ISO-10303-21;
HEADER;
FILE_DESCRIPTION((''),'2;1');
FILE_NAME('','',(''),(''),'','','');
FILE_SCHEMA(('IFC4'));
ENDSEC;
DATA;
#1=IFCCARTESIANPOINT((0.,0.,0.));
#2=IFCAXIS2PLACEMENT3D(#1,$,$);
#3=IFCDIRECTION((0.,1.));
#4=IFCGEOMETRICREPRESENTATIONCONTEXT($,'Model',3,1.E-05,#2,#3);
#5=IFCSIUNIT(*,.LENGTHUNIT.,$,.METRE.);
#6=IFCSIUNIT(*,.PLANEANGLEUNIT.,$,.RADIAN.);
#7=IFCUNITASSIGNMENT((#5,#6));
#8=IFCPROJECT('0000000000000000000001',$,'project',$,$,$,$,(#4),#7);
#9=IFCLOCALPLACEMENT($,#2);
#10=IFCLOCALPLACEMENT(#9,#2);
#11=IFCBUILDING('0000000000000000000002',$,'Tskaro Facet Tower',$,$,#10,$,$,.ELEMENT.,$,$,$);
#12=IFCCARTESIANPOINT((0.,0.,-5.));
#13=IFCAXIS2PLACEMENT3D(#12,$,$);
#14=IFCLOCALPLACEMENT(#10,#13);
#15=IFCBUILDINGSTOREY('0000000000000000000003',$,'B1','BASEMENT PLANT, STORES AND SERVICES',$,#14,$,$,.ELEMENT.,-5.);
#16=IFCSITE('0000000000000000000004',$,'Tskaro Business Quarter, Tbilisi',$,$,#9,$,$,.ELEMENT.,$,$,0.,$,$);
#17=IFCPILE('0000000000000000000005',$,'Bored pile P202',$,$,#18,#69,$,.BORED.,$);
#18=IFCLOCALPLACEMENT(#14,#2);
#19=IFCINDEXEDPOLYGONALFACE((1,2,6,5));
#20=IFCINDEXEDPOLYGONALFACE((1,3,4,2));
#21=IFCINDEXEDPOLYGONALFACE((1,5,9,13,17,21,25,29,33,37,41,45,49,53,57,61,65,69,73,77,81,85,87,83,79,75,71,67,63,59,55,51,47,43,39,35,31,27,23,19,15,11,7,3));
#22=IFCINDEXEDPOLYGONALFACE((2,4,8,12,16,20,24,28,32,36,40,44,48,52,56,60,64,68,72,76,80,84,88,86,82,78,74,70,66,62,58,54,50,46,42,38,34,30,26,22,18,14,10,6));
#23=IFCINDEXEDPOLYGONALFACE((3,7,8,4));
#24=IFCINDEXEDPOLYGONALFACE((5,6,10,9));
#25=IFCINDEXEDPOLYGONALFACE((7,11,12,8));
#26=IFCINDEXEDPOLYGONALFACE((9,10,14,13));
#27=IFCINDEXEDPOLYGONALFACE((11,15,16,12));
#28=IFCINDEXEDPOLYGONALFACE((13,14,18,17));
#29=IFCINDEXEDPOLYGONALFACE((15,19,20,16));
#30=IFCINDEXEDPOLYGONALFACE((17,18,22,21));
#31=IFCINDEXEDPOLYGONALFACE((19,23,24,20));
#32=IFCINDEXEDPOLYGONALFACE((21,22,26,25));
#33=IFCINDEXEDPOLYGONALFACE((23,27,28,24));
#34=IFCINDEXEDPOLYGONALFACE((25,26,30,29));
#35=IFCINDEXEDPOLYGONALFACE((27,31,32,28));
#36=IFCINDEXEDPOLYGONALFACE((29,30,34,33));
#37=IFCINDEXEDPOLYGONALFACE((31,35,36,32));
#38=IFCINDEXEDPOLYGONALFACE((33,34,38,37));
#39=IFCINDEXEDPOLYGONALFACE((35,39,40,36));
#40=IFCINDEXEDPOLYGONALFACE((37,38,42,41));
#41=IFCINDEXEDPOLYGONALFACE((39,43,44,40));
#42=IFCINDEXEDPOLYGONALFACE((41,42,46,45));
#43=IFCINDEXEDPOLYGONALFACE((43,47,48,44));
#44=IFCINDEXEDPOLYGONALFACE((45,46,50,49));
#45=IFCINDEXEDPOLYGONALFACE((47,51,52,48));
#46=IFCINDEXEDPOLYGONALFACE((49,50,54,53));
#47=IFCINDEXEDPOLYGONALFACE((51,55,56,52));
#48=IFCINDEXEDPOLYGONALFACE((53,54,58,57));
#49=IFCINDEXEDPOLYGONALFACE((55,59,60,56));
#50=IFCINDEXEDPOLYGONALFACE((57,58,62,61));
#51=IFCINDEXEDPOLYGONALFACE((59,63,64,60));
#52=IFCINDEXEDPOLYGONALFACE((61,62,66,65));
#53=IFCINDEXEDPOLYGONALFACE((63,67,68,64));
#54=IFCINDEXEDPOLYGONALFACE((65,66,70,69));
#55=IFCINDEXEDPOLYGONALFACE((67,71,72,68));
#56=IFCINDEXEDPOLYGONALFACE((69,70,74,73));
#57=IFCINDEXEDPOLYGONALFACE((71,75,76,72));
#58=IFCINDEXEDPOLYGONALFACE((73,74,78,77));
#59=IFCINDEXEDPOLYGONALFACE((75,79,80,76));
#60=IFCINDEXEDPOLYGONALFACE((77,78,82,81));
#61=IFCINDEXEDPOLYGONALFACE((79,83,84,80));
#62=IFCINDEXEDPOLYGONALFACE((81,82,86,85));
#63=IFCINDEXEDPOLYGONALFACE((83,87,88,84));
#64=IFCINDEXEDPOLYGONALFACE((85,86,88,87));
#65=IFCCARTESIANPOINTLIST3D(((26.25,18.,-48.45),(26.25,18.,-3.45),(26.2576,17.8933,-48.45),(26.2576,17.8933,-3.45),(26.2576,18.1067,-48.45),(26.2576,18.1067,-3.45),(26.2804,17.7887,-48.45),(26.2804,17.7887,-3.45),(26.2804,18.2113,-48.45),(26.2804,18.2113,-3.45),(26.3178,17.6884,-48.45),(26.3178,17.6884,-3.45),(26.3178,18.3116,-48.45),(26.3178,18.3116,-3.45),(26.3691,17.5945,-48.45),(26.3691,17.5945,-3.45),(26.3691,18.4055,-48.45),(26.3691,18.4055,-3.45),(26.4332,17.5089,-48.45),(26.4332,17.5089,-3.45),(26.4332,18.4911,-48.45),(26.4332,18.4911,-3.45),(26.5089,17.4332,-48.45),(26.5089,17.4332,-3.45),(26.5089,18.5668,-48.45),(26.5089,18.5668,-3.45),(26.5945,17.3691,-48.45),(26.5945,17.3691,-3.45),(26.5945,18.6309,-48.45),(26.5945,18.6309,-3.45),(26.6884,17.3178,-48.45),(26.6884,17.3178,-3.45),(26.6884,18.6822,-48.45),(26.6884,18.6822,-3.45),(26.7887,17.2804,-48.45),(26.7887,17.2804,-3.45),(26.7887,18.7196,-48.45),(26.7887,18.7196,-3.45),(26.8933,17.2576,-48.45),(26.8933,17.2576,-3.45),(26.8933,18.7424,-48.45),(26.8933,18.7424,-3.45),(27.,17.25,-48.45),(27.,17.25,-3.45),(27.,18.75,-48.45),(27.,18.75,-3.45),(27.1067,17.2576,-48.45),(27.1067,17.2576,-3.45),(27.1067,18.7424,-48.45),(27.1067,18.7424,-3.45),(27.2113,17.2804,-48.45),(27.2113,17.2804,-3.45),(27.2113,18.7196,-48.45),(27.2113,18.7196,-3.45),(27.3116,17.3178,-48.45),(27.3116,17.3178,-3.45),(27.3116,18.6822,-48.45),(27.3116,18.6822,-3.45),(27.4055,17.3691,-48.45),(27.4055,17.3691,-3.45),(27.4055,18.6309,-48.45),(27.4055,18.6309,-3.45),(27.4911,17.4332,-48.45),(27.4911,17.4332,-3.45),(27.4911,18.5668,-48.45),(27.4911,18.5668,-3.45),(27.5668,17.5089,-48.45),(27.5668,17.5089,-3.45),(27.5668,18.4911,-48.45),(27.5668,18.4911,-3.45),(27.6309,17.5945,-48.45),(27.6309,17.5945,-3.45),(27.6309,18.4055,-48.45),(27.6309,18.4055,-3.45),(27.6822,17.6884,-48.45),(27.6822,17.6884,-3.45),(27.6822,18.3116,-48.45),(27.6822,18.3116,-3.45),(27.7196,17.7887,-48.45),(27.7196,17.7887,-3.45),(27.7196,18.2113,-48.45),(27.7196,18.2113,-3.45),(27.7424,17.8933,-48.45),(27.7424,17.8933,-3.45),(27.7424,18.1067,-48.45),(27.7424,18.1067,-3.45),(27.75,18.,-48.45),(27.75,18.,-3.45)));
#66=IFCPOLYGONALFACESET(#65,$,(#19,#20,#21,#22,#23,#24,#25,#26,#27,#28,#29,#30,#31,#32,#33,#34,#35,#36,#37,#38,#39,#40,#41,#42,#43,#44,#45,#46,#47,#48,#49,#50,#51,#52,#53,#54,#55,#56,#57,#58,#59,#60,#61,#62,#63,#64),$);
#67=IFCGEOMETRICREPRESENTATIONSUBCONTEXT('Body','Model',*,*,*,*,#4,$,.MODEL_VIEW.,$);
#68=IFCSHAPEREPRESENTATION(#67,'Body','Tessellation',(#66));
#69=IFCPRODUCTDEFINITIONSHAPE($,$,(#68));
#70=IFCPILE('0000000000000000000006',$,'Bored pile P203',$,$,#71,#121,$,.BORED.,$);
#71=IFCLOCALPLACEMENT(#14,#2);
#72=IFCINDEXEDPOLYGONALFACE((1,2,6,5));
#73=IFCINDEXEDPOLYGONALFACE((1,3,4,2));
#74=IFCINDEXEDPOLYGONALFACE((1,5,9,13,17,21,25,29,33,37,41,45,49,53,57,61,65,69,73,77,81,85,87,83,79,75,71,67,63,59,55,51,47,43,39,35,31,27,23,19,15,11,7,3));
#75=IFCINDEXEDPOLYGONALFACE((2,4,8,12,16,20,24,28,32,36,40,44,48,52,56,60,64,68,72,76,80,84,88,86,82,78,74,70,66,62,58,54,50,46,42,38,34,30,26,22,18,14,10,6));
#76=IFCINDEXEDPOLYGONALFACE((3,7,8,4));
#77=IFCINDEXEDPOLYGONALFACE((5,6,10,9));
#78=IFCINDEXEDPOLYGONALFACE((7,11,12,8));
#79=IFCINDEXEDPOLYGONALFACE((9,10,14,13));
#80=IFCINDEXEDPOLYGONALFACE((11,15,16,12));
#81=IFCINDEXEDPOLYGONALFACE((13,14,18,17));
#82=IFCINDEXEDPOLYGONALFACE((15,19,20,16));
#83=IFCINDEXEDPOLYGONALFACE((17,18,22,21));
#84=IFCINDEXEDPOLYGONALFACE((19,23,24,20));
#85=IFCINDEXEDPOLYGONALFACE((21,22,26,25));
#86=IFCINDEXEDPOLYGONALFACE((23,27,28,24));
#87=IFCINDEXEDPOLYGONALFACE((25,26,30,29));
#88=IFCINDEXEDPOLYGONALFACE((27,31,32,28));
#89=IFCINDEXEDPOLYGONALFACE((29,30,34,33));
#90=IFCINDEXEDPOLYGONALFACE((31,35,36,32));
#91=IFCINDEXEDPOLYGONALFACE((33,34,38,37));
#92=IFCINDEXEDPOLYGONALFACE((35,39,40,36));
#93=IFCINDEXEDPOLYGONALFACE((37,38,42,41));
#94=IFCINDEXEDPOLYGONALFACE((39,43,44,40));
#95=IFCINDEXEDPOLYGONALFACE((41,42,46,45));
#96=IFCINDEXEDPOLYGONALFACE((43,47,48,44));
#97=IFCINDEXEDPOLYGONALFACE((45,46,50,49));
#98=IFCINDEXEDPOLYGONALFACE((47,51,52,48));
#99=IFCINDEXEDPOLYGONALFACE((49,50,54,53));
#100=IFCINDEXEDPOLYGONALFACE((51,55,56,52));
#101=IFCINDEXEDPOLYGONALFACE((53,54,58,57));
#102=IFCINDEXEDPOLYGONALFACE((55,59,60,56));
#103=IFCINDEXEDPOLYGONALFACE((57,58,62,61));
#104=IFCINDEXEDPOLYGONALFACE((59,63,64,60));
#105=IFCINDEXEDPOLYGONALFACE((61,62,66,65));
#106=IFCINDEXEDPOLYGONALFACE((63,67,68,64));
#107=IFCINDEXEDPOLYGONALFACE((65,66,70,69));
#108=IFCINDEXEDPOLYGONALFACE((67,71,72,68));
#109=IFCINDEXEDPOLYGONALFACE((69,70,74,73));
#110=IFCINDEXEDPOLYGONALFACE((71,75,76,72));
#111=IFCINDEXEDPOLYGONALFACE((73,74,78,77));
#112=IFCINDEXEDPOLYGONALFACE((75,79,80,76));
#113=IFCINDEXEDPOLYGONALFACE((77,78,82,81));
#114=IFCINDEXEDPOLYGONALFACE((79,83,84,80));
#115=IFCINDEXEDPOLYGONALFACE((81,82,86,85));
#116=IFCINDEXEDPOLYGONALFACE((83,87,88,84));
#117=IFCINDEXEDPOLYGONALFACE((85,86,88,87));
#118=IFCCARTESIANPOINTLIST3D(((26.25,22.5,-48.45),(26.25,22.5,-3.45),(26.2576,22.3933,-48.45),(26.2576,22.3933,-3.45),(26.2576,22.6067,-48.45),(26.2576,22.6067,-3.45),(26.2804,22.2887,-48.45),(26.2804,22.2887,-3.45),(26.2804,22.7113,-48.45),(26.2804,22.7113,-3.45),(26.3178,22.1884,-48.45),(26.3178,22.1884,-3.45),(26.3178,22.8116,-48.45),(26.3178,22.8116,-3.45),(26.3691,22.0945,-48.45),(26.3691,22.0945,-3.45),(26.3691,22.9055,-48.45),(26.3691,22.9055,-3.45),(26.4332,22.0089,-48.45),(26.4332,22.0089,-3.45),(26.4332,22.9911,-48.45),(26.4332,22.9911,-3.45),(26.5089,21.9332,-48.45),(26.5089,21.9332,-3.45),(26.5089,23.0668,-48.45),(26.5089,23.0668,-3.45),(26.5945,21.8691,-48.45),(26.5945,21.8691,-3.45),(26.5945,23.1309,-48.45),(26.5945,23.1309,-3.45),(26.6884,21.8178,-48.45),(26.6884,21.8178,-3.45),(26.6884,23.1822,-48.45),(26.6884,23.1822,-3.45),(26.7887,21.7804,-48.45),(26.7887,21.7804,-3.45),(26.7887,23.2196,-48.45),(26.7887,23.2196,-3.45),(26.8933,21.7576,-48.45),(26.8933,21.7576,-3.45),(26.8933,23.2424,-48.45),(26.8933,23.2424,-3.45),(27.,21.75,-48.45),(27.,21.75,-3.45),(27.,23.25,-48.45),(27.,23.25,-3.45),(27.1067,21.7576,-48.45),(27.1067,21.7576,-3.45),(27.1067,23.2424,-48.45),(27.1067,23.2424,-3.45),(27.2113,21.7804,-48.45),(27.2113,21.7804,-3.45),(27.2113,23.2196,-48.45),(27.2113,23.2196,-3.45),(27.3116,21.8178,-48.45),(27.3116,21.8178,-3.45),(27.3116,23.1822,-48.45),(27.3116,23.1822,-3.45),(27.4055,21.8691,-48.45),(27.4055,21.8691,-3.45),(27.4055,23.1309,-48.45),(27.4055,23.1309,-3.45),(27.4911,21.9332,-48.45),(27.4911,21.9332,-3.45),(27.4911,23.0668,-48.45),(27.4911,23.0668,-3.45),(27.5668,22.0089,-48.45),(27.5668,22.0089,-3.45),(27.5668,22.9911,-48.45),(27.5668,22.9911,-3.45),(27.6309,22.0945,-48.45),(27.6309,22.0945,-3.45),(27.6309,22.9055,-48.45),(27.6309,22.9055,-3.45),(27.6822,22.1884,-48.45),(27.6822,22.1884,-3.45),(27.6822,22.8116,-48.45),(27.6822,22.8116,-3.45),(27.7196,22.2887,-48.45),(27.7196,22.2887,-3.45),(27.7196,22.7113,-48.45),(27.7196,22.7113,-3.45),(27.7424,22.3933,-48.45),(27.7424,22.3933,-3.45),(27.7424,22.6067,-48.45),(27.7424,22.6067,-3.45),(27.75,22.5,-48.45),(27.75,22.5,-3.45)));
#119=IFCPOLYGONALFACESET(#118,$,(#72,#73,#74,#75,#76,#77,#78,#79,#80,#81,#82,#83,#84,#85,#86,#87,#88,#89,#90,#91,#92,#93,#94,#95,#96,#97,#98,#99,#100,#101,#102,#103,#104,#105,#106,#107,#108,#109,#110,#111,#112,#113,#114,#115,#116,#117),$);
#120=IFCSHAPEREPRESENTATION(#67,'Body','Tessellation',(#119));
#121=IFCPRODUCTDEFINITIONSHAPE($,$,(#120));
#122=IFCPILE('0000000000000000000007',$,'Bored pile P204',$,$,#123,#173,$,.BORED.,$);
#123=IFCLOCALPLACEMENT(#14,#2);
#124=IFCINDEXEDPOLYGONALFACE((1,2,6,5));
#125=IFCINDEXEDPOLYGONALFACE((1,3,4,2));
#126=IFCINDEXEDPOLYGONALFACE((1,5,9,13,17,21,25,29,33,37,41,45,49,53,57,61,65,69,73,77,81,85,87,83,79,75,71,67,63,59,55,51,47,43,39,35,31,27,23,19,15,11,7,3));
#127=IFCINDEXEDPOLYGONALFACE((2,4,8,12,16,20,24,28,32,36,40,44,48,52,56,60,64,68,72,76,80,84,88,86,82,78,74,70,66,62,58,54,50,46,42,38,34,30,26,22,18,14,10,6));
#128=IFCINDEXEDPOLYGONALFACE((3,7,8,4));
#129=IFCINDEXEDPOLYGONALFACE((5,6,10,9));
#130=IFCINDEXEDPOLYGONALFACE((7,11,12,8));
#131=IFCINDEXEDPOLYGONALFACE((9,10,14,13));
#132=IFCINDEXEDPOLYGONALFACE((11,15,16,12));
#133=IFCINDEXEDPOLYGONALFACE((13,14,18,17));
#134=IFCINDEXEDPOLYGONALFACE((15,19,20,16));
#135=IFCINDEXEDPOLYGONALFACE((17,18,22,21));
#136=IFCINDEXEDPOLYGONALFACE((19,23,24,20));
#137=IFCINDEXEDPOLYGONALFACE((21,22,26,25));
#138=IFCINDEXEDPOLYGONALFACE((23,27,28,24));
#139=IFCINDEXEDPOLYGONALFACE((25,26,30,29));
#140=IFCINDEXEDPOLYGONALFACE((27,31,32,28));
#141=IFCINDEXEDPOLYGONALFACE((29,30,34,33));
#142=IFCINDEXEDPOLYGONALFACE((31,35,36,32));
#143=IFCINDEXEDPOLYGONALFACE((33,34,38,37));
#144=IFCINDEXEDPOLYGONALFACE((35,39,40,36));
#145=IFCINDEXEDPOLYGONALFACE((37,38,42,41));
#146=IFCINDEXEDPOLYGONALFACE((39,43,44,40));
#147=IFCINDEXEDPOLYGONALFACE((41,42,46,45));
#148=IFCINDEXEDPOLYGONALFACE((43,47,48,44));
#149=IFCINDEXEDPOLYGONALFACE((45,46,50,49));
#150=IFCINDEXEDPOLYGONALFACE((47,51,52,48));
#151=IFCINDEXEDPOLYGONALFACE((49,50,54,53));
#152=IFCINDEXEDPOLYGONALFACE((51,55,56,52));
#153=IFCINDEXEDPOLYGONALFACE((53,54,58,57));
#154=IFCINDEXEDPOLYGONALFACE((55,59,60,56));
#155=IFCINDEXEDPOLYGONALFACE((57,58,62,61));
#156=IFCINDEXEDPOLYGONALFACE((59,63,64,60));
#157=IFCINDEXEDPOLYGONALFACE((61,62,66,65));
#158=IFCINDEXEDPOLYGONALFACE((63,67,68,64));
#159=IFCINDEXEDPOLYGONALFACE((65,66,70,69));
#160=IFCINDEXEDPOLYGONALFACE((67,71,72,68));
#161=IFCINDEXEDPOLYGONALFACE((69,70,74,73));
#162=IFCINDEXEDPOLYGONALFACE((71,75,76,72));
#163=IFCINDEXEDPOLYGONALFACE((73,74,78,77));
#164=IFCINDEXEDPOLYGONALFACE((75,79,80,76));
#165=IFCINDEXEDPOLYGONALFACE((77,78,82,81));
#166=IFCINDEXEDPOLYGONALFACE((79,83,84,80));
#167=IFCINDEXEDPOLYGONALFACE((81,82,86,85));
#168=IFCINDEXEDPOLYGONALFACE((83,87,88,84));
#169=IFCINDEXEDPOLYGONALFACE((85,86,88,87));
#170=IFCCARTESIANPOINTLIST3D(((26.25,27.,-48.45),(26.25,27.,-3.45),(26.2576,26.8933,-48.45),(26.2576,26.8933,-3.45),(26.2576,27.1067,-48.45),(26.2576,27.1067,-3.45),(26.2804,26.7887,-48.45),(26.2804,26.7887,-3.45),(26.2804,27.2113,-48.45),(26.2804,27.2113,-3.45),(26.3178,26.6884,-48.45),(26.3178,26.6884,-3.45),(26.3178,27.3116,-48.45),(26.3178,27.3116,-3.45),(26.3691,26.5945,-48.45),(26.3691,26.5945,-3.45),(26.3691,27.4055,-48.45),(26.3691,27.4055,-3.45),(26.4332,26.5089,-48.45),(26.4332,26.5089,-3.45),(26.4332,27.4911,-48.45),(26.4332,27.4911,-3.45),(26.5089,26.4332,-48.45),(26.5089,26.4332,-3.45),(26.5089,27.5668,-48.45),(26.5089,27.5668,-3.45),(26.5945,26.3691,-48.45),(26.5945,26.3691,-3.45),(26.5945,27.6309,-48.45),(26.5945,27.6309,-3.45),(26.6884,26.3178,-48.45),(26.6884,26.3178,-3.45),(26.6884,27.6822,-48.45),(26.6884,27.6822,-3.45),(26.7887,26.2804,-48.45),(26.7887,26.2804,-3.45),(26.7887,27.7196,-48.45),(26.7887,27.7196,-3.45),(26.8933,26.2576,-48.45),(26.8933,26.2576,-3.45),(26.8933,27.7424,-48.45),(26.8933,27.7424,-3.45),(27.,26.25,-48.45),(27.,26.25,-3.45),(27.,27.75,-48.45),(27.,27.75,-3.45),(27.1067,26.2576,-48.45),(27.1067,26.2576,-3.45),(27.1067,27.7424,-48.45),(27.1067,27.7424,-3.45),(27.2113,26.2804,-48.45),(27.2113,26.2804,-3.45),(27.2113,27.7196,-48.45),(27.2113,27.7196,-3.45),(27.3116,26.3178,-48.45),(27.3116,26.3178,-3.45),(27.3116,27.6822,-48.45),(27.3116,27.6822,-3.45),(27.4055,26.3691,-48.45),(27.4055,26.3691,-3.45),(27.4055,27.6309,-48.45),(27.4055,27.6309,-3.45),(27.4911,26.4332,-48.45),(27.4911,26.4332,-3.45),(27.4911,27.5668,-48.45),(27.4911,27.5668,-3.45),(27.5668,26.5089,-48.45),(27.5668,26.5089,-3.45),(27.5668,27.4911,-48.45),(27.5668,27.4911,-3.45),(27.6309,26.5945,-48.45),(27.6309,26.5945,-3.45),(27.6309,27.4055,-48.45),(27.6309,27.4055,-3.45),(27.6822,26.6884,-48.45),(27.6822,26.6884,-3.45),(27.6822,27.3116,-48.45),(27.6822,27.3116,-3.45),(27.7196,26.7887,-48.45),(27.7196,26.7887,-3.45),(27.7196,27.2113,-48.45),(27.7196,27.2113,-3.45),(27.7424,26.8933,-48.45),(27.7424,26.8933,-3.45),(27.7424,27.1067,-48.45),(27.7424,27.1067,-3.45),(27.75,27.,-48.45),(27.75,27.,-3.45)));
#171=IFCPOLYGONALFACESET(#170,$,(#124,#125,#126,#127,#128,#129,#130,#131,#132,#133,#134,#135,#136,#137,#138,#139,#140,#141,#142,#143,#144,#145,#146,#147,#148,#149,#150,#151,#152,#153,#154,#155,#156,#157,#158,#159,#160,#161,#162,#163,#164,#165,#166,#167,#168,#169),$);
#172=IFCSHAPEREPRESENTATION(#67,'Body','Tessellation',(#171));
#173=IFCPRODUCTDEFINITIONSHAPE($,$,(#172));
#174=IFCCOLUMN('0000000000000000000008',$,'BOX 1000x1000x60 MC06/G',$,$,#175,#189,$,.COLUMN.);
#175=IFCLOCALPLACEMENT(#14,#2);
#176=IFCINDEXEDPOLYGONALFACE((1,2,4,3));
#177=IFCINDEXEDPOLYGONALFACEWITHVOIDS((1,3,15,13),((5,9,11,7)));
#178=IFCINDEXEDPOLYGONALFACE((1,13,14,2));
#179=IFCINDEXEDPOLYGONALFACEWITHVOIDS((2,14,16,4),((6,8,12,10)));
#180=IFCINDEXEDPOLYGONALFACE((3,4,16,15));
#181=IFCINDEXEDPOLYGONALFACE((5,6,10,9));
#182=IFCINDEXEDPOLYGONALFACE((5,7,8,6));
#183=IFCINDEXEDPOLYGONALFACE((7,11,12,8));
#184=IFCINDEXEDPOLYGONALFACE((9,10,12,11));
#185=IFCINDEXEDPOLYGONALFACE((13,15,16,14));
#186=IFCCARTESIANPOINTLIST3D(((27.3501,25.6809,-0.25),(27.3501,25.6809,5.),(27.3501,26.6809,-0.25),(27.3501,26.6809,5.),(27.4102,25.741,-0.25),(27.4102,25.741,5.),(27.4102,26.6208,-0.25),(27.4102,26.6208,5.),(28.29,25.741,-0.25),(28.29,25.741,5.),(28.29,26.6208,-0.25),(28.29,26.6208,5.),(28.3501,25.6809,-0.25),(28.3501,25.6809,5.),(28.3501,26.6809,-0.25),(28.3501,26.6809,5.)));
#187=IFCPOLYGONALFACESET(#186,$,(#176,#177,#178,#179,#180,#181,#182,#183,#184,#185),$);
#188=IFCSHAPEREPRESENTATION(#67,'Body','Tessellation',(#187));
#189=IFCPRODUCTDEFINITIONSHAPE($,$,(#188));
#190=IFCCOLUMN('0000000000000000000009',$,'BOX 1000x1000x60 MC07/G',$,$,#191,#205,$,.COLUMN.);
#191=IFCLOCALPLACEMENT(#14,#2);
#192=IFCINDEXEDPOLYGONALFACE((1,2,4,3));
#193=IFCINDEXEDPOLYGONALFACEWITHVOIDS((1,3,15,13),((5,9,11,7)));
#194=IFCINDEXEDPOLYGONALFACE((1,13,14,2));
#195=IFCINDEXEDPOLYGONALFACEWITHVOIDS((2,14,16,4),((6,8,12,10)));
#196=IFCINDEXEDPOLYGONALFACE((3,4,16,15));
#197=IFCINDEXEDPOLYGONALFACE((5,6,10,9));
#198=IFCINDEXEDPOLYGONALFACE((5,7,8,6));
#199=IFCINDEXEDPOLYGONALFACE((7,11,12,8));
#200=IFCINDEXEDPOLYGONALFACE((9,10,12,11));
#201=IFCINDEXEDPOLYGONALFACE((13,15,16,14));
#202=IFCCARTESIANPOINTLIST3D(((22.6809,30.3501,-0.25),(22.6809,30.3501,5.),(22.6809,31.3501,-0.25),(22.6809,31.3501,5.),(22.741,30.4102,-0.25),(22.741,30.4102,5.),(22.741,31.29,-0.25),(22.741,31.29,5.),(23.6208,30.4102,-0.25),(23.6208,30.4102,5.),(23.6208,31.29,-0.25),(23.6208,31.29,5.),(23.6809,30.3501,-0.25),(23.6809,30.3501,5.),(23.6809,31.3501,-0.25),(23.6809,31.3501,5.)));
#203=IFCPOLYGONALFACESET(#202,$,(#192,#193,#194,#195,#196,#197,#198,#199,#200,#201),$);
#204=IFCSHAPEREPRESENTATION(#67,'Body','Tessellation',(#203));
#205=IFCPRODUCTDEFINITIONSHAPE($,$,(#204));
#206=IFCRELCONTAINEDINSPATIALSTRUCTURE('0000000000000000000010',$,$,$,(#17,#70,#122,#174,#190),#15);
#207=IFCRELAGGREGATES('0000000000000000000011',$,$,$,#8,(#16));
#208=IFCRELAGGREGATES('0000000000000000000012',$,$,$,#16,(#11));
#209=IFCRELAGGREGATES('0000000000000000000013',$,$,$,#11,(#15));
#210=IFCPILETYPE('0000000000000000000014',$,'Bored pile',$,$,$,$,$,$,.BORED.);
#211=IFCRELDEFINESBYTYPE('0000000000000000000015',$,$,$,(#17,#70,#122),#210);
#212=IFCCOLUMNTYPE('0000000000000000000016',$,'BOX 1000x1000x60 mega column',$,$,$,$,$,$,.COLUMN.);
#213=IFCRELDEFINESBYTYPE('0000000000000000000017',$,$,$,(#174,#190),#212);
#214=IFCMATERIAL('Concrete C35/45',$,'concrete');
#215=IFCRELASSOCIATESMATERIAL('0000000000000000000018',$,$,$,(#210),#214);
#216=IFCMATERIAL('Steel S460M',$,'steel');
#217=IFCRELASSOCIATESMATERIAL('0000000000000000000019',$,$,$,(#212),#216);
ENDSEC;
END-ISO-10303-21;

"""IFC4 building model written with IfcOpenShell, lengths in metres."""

from ifc_helpers import new_model, si_unit, direction, frame, origin, origin_2d, place, context, subcontext, project, spatial, hollow_rectangle, circle, extrude, material, material_profile, profile_set, type_object, element, save


model = new_model("IFC4")

# Units and contexts
model_context = context("Model", 3, precision=1e-05, world=origin(), true_north=direction((0.0, 1.0)))
body_context = subcontext(model_context, "Body", "Model", "MODEL_VIEW")
ifc_project = project(units=[si_unit("LENGTHUNIT", "METRE"), si_unit("PLANEANGLEUNIT", "RADIAN")], contexts=[model_context])

# Site, building, storey
site_placement = place(None, origin())
site = spatial("IfcSite", under=ifc_project, at=site_placement, Name="Tskaro Business Quarter, Tbilisi", CompositionType="ELEMENT", RefElevation=0.0)
building_placement = place(site_placement, origin())
building = spatial("IfcBuilding", under=site, at=building_placement, Name="Tskaro Facet Tower", CompositionType="ELEMENT")
storey_placement = place(building_placement, frame((0.0, 0.0, -5.0)))
storey = spatial("IfcBuildingStorey", under=building, at=storey_placement, Name="B1", Description="BASEMENT PLANT, STORES AND SERVICES", CompositionType="ELEMENT", Elevation=-5.0)

# Piles
ifc_material_1 = material(Name="Concrete C35/45", Category="concrete")
ifc_material_profile_1 = material_profile(ifc_material_1, circle(Radius=0.75, at=origin_2d()), Name="Bored pile")
ifc_profile_set_1 = profile_set([ifc_material_profile_1], Name="Concrete C35/45")
pile_type = type_object("IfcPileType", Name="Bored pile", PredefinedType="BORED", material=ifc_profile_set_1)
for number, where, z_axis, x_axis, name in (
    (1, (27.0, 18.0, -3.45), (0.0, 0.0, -1.0), (1.0, 0.0, 0.0), "Bored pile P202"),
    (2, (27.0, 22.5, -3.45), (0.0, 0.0, -1.0), (1.0, 0.0, 0.0), "Bored pile P203"),
    (3, (27.0, 27.0, -3.45), (0.0, 0.0, -1.0), (1.0, 0.0, 0.0), "Bored pile P204"),
):
    element("IfcPile", number, at=place(storey_placement, frame(where, z_axis=z_axis, x_axis=x_axis)), inside=storey, type_object=pile_type, Name=name, PredefinedType="BORED", context=body_context, shape_type="SweptSolid", body=[
        extrude(circle(Radius=0.75, at=origin_2d()), origin(), (0.0, 0.0, 1.0), 45.0),
    ])

# Columns
ifc_material_2 = material(Name="Steel S460M", Category="steel")
ifc_material_profile_2 = material_profile(ifc_material_2, hollow_rectangle(XDim=1.0, YDim=1.0, WallThickness=0.0601, at=origin_2d()), Name="BOX 1000x1000x60")
ifc_profile_set_2 = profile_set([ifc_material_profile_2], Name="Steel S460M")
column_type_1 = type_object("IfcColumnType", Name="BOX 1000x1000x60 mega column", PredefinedType="COLUMN", material=ifc_profile_set_2)
for number, where, z_axis, x_axis, name in (
    (4, (27.8501, 26.1809, -0.25), (0.0, 0.0, 1.0), (1.0, 0.0, 0.0), "BOX 1000x1000x60 MC06/G"),
    (5, (23.1809, 30.8501, -0.25), (0.0, 0.0, 1.0), (1.0, 0.0, 0.0), "BOX 1000x1000x60 MC07/G"),
):
    element("IfcColumn", number, at=place(storey_placement, frame(where, z_axis=z_axis, x_axis=x_axis)), inside=storey, type_object=column_type_1, Name=name, PredefinedType="COLUMN", context=body_context, shape_type="SweptSolid", body=[
        extrude(hollow_rectangle(XDim=1.0, YDim=1.0, WallThickness=0.0601, at=origin_2d()), origin(), (0.0, 0.0, 1.0), 5.25),
    ])

save(model, "model.ifc")
